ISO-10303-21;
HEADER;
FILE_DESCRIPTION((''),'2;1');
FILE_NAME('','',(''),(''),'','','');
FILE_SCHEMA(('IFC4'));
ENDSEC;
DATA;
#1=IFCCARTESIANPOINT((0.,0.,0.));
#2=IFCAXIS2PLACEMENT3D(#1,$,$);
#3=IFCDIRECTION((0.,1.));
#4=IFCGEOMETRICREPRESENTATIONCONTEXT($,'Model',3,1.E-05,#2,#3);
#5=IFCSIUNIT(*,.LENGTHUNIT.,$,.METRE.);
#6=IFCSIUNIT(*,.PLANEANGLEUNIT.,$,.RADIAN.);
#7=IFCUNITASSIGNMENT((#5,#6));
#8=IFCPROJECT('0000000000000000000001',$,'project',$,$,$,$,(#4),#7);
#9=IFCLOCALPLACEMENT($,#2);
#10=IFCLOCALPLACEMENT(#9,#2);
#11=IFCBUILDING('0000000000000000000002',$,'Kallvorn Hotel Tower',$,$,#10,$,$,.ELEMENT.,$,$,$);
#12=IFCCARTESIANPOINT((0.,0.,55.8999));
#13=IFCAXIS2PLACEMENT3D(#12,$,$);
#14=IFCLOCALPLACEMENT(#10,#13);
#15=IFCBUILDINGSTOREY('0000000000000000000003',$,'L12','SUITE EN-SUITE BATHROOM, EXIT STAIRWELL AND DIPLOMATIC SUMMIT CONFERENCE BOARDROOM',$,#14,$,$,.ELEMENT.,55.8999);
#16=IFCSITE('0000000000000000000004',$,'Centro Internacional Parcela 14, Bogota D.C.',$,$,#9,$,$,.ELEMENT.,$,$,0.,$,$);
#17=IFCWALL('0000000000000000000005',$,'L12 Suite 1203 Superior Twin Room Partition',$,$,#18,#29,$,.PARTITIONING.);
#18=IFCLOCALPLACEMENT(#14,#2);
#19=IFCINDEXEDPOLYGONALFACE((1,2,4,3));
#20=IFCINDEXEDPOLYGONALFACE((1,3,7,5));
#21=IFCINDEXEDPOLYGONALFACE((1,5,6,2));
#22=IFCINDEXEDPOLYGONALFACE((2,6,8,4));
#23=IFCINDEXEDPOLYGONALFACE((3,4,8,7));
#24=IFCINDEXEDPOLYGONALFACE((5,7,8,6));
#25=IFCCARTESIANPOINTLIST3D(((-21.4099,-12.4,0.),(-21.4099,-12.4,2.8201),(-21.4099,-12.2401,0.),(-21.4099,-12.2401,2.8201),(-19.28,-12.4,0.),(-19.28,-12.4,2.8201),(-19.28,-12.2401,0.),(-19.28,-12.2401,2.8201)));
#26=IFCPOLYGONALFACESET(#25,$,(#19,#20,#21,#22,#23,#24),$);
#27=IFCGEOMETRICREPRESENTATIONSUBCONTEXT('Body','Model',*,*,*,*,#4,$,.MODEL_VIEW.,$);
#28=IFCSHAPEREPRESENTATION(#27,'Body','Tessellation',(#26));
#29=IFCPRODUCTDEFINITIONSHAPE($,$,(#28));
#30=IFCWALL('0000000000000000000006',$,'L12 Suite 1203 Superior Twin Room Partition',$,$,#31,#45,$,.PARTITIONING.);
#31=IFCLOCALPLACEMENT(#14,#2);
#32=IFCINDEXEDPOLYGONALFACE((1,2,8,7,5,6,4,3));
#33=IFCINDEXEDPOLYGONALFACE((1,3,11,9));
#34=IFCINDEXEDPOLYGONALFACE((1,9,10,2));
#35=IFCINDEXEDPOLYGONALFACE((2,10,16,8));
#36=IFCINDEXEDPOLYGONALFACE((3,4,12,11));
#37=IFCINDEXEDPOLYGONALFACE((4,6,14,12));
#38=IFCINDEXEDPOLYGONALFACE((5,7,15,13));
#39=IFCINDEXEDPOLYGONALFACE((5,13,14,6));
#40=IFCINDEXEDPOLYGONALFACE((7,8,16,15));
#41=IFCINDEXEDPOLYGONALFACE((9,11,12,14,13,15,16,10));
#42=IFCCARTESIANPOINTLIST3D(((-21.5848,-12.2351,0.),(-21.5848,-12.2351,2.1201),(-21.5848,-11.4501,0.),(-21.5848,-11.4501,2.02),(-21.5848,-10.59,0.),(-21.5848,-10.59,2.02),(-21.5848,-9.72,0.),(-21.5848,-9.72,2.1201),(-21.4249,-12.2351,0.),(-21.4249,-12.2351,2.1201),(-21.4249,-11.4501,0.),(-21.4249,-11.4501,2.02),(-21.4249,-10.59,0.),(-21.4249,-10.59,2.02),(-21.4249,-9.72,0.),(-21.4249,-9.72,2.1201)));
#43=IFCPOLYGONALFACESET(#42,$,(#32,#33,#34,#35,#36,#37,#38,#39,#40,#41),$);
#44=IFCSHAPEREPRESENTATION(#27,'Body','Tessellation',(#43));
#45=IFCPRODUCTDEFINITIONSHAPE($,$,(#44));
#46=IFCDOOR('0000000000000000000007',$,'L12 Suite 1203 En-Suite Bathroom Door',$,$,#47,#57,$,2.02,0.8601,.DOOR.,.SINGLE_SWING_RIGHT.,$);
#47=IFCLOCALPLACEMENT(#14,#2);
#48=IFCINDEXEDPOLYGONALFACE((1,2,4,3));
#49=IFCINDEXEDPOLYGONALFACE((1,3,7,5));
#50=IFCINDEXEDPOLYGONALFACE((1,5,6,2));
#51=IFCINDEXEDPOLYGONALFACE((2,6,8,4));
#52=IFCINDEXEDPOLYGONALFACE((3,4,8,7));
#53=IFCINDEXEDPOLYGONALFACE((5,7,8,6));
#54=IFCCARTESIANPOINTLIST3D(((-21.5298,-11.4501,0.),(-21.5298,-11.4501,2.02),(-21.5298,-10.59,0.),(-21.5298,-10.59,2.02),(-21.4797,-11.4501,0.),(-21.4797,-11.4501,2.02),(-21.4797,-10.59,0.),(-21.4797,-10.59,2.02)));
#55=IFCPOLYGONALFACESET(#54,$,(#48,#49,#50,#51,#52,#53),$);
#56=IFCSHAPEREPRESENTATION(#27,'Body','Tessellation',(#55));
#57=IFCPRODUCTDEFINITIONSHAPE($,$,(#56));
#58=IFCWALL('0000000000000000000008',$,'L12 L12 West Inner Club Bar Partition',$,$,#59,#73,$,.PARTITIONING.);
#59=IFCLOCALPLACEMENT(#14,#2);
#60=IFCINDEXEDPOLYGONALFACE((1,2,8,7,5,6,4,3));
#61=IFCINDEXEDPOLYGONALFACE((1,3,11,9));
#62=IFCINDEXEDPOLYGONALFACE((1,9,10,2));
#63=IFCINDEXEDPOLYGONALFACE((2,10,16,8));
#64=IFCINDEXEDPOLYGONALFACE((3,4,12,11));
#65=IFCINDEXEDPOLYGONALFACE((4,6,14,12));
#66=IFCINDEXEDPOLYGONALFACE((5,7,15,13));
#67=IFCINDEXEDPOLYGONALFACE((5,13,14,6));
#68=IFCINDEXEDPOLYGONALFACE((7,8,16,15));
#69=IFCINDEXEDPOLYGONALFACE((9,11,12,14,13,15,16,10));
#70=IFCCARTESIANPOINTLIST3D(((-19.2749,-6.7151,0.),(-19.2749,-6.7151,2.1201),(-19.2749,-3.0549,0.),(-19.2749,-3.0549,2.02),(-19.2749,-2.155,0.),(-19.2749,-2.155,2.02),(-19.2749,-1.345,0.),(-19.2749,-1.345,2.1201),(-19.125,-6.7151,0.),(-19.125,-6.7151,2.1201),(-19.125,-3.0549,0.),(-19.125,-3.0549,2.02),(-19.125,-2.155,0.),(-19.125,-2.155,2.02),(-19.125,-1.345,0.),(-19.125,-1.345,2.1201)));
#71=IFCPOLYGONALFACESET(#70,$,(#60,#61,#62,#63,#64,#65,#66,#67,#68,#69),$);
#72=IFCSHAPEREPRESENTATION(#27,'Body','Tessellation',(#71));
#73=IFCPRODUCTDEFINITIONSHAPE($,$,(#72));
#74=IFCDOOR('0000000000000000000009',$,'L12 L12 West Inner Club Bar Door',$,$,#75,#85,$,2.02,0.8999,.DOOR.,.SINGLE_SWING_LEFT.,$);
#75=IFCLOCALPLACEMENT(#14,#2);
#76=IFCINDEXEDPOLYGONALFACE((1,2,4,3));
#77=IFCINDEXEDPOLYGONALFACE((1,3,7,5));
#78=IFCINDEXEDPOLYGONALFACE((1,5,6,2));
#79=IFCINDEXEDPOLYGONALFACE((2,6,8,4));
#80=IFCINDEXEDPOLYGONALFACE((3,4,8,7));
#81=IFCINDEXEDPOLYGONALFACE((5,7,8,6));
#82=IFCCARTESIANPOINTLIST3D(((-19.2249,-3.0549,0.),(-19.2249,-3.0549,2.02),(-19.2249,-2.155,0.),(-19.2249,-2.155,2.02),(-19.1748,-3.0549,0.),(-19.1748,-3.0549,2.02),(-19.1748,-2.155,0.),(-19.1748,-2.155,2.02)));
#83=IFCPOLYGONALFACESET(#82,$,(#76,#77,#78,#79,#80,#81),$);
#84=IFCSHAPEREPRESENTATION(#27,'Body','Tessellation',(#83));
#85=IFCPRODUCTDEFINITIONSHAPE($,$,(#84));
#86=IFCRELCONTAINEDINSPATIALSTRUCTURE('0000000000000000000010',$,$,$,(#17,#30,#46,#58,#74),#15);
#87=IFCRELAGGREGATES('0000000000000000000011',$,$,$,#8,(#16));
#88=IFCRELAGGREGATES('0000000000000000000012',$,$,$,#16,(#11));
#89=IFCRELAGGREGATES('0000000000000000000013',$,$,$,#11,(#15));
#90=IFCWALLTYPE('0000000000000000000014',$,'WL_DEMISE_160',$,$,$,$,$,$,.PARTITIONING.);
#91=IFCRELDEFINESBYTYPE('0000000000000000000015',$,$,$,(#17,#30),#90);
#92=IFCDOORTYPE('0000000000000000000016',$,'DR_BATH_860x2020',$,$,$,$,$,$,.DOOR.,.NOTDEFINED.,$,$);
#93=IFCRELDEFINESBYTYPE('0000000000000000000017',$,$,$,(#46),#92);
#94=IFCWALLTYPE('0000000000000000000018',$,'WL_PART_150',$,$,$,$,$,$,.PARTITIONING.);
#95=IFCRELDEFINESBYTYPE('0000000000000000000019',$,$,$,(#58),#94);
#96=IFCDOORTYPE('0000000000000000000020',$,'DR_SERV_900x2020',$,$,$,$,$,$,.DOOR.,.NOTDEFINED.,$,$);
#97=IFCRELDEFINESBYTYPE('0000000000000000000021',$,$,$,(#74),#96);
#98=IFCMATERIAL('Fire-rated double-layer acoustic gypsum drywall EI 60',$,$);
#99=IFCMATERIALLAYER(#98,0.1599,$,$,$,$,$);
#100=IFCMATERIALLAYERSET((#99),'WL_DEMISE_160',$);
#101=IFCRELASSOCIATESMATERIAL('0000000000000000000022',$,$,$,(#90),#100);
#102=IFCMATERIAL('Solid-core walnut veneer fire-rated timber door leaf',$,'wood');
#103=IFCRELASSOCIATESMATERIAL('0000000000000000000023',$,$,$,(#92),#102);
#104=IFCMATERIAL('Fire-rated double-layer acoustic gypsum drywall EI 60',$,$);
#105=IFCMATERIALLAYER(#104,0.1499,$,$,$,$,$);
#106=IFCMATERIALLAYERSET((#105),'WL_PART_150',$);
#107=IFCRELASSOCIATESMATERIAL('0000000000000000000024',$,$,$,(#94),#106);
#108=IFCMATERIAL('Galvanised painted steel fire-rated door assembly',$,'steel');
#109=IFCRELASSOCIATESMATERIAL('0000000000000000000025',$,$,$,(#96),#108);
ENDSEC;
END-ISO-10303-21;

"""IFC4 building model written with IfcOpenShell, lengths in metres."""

from ifc_helpers import new_model, si_unit, direction, frame, frame_2d, origin, place, context, subcontext, project, spatial, rectangle, extrude, material, layer, layer_set, type_object, element, fill, save


model = new_model("IFC4")

# Units and contexts
model_context = context("Model", 3, precision=1e-05, world=origin(), true_north=direction((0.0, 1.0)))
body_context = subcontext(model_context, "Body", "Model", "MODEL_VIEW")
ifc_project = project(units=[si_unit("LENGTHUNIT", "METRE"), si_unit("PLANEANGLEUNIT", "RADIAN")], contexts=[model_context])

# Site, building, storey
site_placement = place(None, origin())
site = spatial("IfcSite", under=ifc_project, at=site_placement, Name="Centro Internacional Parcela 14, Bogota D.C.", CompositionType="ELEMENT", RefElevation=0.0)
building_placement = place(site_placement, origin())
building = spatial("IfcBuilding", under=site, at=building_placement, Name="Kallvorn Hotel Tower", CompositionType="ELEMENT")
storey_placement = place(building_placement, frame((0.0, 0.0, 55.8999)))
storey = spatial("IfcBuildingStorey", under=building, at=storey_placement, Name="L12", Description="SUITE EN-SUITE BATHROOM, EXIT STAIRWELL AND DIPLOMATIC SUMMIT CONFERENCE BOARDROOM", CompositionType="ELEMENT", Elevation=55.8999)

# Wall
ifc_material_1 = material(Name="Fire-rated double-layer acoustic gypsum drywall EI 60")
ifc_layer_1 = layer(ifc_material_1, 0.1599)
ifc_layer_set_1 = layer_set([ifc_layer_1], Name="WL_DEMISE_160")
wall_type_1 = type_object("IfcWallType", Name="WL_DEMISE_160", PredefinedType="PARTITIONING", material=ifc_layer_set_1)
wall_1_placement = place(storey_placement, frame((-21.4099, -12.3201, 0.0), z_axis=(0.0, 0.0, 1.0), x_axis=(1.0, 0.0, 0.0)))
element("IfcWall", 1, at=wall_1_placement, inside=storey, type_object=wall_type_1, Name="L12 Suite 1203 Superior Twin Room Partition", PredefinedType="PARTITIONING", context=body_context, shape_type="SweptSolid", body=[
    extrude(rectangle(XDim=2.1299, YDim=0.1599, at=frame_2d((1.0649, 0.0))), origin(), (0.0, 0.0, 1.0), 2.8201),
])

# Walls, openings, doors
wall_2_placement = place(storey_placement, frame((-21.5049, -12.2351, 0.0), z_axis=(0.0, 0.0, 1.0), x_axis=(0.0, 1.0, 0.0)))
wall_2 = element("IfcWall", 2, at=wall_2_placement, inside=storey, type_object=wall_type_1, Name="L12 Suite 1203 Superior Twin Room Partition", PredefinedType="PARTITIONING", context=body_context, shape_type="SweptSolid", body=[
    extrude(rectangle(XDim=2.5151, YDim=0.1599, at=frame_2d((1.2576, 0.0))), origin(), (0.0, 0.0, 1.0), 2.1201),
])
opening_1_placement = place(wall_2_placement, frame((0.7849, 0.0, 0.0)))
opening_1 = element("IfcOpeningElement", 3, at=opening_1_placement, cuts=wall_2, PredefinedType="OPENING", context=body_context, shape_type="SweptSolid", body=[
    extrude(rectangle(XDim=0.8601, YDim=2.02, at=frame_2d((0.4302, 1.01))), frame((0.0, 0.095, 0.0), z_axis=(0.0, -1.0, 0.0), x_axis=(1.0, 0.0, 0.0)), (0.0, 0.0, 1.0), 0.1899),
])
ifc_material_2 = material(Name="Solid-core walnut veneer fire-rated timber door leaf", Category="wood")
door_type_1 = type_object("IfcDoorType", Name="DR_BATH_860x2020", OperationType="NOTDEFINED", PredefinedType="DOOR", material=ifc_material_2)
door_1_placement = place(opening_1_placement, origin())
door_1 = element("IfcDoor", 4, at=door_1_placement, inside=storey, type_object=door_type_1, Name="L12 Suite 1203 En-Suite Bathroom Door", OperationType="SINGLE_SWING_RIGHT", OverallHeight=2.02, OverallWidth=0.8601, PredefinedType="DOOR", context=body_context, shape_type="SweptSolid", body=[
    extrude(rectangle(XDim=0.8601, YDim=2.02, at=frame_2d((0.4302, 1.01))), frame((0.0, 0.0249, 0.0), z_axis=(0.0, -1.0, 0.0), x_axis=(1.0, 0.0, 0.0)), (0.0, 0.0, 1.0), 0.05),
])
fill(opening_1, door_1)
ifc_material_3 = material(Name="Fire-rated double-layer acoustic gypsum drywall EI 60")
ifc_layer_2 = layer(ifc_material_3, 0.1499)
ifc_layer_set_2 = layer_set([ifc_layer_2], Name="WL_PART_150")
wall_type_2 = type_object("IfcWallType", Name="WL_PART_150", PredefinedType="PARTITIONING", material=ifc_layer_set_2)
wall_3_placement = place(storey_placement, frame((-19.2, -6.7151, 0.0), z_axis=(0.0, 0.0, 1.0), x_axis=(0.0, 1.0, 0.0)))
wall_3 = element("IfcWall", 5, at=wall_3_placement, inside=storey, type_object=wall_type_2, Name="L12 L12 West Inner Club Bar Partition", PredefinedType="PARTITIONING", context=body_context, shape_type="SweptSolid", body=[
    extrude(rectangle(XDim=5.3701, YDim=0.1499, at=frame_2d((2.6851, 0.0))), origin(), (0.0, 0.0, 1.0), 2.1201),
])
opening_2_placement = place(wall_3_placement, frame((3.6602, 0.0, 0.0)))
opening_2 = element("IfcOpeningElement", 6, at=opening_2_placement, cuts=wall_3, PredefinedType="OPENING", context=body_context, shape_type="SweptSolid", body=[
    extrude(rectangle(XDim=0.8999, YDim=2.02, at=frame_2d((0.45, 1.01))), frame((0.0, 0.0898, 0.0), z_axis=(0.0, -1.0, 0.0), x_axis=(1.0, 0.0, 0.0)), (0.0, 0.0, 1.0), 0.1799),
])
ifc_material_4 = material(Name="Galvanised painted steel fire-rated door assembly", Category="steel")
door_type_2 = type_object("IfcDoorType", Name="DR_SERV_900x2020", OperationType="NOTDEFINED", PredefinedType="DOOR", material=ifc_material_4)
door_2_placement = place(opening_2_placement, origin())
door_2 = element("IfcDoor", 7, at=door_2_placement, inside=storey, type_object=door_type_2, Name="L12 L12 West Inner Club Bar Door", OperationType="SINGLE_SWING_LEFT", OverallHeight=2.02, OverallWidth=0.8999, PredefinedType="DOOR", context=body_context, shape_type="SweptSolid", body=[
    extrude(rectangle(XDim=0.8999, YDim=2.02, at=frame_2d((0.45, 1.01))), frame((0.0, 0.0249, 0.0), z_axis=(0.0, -1.0, 0.0), x_axis=(1.0, 0.0, 0.0)), (0.0, 0.0, 1.0), 0.05),
])
fill(opening_2, door_2)

save(model, "model.ifc")
